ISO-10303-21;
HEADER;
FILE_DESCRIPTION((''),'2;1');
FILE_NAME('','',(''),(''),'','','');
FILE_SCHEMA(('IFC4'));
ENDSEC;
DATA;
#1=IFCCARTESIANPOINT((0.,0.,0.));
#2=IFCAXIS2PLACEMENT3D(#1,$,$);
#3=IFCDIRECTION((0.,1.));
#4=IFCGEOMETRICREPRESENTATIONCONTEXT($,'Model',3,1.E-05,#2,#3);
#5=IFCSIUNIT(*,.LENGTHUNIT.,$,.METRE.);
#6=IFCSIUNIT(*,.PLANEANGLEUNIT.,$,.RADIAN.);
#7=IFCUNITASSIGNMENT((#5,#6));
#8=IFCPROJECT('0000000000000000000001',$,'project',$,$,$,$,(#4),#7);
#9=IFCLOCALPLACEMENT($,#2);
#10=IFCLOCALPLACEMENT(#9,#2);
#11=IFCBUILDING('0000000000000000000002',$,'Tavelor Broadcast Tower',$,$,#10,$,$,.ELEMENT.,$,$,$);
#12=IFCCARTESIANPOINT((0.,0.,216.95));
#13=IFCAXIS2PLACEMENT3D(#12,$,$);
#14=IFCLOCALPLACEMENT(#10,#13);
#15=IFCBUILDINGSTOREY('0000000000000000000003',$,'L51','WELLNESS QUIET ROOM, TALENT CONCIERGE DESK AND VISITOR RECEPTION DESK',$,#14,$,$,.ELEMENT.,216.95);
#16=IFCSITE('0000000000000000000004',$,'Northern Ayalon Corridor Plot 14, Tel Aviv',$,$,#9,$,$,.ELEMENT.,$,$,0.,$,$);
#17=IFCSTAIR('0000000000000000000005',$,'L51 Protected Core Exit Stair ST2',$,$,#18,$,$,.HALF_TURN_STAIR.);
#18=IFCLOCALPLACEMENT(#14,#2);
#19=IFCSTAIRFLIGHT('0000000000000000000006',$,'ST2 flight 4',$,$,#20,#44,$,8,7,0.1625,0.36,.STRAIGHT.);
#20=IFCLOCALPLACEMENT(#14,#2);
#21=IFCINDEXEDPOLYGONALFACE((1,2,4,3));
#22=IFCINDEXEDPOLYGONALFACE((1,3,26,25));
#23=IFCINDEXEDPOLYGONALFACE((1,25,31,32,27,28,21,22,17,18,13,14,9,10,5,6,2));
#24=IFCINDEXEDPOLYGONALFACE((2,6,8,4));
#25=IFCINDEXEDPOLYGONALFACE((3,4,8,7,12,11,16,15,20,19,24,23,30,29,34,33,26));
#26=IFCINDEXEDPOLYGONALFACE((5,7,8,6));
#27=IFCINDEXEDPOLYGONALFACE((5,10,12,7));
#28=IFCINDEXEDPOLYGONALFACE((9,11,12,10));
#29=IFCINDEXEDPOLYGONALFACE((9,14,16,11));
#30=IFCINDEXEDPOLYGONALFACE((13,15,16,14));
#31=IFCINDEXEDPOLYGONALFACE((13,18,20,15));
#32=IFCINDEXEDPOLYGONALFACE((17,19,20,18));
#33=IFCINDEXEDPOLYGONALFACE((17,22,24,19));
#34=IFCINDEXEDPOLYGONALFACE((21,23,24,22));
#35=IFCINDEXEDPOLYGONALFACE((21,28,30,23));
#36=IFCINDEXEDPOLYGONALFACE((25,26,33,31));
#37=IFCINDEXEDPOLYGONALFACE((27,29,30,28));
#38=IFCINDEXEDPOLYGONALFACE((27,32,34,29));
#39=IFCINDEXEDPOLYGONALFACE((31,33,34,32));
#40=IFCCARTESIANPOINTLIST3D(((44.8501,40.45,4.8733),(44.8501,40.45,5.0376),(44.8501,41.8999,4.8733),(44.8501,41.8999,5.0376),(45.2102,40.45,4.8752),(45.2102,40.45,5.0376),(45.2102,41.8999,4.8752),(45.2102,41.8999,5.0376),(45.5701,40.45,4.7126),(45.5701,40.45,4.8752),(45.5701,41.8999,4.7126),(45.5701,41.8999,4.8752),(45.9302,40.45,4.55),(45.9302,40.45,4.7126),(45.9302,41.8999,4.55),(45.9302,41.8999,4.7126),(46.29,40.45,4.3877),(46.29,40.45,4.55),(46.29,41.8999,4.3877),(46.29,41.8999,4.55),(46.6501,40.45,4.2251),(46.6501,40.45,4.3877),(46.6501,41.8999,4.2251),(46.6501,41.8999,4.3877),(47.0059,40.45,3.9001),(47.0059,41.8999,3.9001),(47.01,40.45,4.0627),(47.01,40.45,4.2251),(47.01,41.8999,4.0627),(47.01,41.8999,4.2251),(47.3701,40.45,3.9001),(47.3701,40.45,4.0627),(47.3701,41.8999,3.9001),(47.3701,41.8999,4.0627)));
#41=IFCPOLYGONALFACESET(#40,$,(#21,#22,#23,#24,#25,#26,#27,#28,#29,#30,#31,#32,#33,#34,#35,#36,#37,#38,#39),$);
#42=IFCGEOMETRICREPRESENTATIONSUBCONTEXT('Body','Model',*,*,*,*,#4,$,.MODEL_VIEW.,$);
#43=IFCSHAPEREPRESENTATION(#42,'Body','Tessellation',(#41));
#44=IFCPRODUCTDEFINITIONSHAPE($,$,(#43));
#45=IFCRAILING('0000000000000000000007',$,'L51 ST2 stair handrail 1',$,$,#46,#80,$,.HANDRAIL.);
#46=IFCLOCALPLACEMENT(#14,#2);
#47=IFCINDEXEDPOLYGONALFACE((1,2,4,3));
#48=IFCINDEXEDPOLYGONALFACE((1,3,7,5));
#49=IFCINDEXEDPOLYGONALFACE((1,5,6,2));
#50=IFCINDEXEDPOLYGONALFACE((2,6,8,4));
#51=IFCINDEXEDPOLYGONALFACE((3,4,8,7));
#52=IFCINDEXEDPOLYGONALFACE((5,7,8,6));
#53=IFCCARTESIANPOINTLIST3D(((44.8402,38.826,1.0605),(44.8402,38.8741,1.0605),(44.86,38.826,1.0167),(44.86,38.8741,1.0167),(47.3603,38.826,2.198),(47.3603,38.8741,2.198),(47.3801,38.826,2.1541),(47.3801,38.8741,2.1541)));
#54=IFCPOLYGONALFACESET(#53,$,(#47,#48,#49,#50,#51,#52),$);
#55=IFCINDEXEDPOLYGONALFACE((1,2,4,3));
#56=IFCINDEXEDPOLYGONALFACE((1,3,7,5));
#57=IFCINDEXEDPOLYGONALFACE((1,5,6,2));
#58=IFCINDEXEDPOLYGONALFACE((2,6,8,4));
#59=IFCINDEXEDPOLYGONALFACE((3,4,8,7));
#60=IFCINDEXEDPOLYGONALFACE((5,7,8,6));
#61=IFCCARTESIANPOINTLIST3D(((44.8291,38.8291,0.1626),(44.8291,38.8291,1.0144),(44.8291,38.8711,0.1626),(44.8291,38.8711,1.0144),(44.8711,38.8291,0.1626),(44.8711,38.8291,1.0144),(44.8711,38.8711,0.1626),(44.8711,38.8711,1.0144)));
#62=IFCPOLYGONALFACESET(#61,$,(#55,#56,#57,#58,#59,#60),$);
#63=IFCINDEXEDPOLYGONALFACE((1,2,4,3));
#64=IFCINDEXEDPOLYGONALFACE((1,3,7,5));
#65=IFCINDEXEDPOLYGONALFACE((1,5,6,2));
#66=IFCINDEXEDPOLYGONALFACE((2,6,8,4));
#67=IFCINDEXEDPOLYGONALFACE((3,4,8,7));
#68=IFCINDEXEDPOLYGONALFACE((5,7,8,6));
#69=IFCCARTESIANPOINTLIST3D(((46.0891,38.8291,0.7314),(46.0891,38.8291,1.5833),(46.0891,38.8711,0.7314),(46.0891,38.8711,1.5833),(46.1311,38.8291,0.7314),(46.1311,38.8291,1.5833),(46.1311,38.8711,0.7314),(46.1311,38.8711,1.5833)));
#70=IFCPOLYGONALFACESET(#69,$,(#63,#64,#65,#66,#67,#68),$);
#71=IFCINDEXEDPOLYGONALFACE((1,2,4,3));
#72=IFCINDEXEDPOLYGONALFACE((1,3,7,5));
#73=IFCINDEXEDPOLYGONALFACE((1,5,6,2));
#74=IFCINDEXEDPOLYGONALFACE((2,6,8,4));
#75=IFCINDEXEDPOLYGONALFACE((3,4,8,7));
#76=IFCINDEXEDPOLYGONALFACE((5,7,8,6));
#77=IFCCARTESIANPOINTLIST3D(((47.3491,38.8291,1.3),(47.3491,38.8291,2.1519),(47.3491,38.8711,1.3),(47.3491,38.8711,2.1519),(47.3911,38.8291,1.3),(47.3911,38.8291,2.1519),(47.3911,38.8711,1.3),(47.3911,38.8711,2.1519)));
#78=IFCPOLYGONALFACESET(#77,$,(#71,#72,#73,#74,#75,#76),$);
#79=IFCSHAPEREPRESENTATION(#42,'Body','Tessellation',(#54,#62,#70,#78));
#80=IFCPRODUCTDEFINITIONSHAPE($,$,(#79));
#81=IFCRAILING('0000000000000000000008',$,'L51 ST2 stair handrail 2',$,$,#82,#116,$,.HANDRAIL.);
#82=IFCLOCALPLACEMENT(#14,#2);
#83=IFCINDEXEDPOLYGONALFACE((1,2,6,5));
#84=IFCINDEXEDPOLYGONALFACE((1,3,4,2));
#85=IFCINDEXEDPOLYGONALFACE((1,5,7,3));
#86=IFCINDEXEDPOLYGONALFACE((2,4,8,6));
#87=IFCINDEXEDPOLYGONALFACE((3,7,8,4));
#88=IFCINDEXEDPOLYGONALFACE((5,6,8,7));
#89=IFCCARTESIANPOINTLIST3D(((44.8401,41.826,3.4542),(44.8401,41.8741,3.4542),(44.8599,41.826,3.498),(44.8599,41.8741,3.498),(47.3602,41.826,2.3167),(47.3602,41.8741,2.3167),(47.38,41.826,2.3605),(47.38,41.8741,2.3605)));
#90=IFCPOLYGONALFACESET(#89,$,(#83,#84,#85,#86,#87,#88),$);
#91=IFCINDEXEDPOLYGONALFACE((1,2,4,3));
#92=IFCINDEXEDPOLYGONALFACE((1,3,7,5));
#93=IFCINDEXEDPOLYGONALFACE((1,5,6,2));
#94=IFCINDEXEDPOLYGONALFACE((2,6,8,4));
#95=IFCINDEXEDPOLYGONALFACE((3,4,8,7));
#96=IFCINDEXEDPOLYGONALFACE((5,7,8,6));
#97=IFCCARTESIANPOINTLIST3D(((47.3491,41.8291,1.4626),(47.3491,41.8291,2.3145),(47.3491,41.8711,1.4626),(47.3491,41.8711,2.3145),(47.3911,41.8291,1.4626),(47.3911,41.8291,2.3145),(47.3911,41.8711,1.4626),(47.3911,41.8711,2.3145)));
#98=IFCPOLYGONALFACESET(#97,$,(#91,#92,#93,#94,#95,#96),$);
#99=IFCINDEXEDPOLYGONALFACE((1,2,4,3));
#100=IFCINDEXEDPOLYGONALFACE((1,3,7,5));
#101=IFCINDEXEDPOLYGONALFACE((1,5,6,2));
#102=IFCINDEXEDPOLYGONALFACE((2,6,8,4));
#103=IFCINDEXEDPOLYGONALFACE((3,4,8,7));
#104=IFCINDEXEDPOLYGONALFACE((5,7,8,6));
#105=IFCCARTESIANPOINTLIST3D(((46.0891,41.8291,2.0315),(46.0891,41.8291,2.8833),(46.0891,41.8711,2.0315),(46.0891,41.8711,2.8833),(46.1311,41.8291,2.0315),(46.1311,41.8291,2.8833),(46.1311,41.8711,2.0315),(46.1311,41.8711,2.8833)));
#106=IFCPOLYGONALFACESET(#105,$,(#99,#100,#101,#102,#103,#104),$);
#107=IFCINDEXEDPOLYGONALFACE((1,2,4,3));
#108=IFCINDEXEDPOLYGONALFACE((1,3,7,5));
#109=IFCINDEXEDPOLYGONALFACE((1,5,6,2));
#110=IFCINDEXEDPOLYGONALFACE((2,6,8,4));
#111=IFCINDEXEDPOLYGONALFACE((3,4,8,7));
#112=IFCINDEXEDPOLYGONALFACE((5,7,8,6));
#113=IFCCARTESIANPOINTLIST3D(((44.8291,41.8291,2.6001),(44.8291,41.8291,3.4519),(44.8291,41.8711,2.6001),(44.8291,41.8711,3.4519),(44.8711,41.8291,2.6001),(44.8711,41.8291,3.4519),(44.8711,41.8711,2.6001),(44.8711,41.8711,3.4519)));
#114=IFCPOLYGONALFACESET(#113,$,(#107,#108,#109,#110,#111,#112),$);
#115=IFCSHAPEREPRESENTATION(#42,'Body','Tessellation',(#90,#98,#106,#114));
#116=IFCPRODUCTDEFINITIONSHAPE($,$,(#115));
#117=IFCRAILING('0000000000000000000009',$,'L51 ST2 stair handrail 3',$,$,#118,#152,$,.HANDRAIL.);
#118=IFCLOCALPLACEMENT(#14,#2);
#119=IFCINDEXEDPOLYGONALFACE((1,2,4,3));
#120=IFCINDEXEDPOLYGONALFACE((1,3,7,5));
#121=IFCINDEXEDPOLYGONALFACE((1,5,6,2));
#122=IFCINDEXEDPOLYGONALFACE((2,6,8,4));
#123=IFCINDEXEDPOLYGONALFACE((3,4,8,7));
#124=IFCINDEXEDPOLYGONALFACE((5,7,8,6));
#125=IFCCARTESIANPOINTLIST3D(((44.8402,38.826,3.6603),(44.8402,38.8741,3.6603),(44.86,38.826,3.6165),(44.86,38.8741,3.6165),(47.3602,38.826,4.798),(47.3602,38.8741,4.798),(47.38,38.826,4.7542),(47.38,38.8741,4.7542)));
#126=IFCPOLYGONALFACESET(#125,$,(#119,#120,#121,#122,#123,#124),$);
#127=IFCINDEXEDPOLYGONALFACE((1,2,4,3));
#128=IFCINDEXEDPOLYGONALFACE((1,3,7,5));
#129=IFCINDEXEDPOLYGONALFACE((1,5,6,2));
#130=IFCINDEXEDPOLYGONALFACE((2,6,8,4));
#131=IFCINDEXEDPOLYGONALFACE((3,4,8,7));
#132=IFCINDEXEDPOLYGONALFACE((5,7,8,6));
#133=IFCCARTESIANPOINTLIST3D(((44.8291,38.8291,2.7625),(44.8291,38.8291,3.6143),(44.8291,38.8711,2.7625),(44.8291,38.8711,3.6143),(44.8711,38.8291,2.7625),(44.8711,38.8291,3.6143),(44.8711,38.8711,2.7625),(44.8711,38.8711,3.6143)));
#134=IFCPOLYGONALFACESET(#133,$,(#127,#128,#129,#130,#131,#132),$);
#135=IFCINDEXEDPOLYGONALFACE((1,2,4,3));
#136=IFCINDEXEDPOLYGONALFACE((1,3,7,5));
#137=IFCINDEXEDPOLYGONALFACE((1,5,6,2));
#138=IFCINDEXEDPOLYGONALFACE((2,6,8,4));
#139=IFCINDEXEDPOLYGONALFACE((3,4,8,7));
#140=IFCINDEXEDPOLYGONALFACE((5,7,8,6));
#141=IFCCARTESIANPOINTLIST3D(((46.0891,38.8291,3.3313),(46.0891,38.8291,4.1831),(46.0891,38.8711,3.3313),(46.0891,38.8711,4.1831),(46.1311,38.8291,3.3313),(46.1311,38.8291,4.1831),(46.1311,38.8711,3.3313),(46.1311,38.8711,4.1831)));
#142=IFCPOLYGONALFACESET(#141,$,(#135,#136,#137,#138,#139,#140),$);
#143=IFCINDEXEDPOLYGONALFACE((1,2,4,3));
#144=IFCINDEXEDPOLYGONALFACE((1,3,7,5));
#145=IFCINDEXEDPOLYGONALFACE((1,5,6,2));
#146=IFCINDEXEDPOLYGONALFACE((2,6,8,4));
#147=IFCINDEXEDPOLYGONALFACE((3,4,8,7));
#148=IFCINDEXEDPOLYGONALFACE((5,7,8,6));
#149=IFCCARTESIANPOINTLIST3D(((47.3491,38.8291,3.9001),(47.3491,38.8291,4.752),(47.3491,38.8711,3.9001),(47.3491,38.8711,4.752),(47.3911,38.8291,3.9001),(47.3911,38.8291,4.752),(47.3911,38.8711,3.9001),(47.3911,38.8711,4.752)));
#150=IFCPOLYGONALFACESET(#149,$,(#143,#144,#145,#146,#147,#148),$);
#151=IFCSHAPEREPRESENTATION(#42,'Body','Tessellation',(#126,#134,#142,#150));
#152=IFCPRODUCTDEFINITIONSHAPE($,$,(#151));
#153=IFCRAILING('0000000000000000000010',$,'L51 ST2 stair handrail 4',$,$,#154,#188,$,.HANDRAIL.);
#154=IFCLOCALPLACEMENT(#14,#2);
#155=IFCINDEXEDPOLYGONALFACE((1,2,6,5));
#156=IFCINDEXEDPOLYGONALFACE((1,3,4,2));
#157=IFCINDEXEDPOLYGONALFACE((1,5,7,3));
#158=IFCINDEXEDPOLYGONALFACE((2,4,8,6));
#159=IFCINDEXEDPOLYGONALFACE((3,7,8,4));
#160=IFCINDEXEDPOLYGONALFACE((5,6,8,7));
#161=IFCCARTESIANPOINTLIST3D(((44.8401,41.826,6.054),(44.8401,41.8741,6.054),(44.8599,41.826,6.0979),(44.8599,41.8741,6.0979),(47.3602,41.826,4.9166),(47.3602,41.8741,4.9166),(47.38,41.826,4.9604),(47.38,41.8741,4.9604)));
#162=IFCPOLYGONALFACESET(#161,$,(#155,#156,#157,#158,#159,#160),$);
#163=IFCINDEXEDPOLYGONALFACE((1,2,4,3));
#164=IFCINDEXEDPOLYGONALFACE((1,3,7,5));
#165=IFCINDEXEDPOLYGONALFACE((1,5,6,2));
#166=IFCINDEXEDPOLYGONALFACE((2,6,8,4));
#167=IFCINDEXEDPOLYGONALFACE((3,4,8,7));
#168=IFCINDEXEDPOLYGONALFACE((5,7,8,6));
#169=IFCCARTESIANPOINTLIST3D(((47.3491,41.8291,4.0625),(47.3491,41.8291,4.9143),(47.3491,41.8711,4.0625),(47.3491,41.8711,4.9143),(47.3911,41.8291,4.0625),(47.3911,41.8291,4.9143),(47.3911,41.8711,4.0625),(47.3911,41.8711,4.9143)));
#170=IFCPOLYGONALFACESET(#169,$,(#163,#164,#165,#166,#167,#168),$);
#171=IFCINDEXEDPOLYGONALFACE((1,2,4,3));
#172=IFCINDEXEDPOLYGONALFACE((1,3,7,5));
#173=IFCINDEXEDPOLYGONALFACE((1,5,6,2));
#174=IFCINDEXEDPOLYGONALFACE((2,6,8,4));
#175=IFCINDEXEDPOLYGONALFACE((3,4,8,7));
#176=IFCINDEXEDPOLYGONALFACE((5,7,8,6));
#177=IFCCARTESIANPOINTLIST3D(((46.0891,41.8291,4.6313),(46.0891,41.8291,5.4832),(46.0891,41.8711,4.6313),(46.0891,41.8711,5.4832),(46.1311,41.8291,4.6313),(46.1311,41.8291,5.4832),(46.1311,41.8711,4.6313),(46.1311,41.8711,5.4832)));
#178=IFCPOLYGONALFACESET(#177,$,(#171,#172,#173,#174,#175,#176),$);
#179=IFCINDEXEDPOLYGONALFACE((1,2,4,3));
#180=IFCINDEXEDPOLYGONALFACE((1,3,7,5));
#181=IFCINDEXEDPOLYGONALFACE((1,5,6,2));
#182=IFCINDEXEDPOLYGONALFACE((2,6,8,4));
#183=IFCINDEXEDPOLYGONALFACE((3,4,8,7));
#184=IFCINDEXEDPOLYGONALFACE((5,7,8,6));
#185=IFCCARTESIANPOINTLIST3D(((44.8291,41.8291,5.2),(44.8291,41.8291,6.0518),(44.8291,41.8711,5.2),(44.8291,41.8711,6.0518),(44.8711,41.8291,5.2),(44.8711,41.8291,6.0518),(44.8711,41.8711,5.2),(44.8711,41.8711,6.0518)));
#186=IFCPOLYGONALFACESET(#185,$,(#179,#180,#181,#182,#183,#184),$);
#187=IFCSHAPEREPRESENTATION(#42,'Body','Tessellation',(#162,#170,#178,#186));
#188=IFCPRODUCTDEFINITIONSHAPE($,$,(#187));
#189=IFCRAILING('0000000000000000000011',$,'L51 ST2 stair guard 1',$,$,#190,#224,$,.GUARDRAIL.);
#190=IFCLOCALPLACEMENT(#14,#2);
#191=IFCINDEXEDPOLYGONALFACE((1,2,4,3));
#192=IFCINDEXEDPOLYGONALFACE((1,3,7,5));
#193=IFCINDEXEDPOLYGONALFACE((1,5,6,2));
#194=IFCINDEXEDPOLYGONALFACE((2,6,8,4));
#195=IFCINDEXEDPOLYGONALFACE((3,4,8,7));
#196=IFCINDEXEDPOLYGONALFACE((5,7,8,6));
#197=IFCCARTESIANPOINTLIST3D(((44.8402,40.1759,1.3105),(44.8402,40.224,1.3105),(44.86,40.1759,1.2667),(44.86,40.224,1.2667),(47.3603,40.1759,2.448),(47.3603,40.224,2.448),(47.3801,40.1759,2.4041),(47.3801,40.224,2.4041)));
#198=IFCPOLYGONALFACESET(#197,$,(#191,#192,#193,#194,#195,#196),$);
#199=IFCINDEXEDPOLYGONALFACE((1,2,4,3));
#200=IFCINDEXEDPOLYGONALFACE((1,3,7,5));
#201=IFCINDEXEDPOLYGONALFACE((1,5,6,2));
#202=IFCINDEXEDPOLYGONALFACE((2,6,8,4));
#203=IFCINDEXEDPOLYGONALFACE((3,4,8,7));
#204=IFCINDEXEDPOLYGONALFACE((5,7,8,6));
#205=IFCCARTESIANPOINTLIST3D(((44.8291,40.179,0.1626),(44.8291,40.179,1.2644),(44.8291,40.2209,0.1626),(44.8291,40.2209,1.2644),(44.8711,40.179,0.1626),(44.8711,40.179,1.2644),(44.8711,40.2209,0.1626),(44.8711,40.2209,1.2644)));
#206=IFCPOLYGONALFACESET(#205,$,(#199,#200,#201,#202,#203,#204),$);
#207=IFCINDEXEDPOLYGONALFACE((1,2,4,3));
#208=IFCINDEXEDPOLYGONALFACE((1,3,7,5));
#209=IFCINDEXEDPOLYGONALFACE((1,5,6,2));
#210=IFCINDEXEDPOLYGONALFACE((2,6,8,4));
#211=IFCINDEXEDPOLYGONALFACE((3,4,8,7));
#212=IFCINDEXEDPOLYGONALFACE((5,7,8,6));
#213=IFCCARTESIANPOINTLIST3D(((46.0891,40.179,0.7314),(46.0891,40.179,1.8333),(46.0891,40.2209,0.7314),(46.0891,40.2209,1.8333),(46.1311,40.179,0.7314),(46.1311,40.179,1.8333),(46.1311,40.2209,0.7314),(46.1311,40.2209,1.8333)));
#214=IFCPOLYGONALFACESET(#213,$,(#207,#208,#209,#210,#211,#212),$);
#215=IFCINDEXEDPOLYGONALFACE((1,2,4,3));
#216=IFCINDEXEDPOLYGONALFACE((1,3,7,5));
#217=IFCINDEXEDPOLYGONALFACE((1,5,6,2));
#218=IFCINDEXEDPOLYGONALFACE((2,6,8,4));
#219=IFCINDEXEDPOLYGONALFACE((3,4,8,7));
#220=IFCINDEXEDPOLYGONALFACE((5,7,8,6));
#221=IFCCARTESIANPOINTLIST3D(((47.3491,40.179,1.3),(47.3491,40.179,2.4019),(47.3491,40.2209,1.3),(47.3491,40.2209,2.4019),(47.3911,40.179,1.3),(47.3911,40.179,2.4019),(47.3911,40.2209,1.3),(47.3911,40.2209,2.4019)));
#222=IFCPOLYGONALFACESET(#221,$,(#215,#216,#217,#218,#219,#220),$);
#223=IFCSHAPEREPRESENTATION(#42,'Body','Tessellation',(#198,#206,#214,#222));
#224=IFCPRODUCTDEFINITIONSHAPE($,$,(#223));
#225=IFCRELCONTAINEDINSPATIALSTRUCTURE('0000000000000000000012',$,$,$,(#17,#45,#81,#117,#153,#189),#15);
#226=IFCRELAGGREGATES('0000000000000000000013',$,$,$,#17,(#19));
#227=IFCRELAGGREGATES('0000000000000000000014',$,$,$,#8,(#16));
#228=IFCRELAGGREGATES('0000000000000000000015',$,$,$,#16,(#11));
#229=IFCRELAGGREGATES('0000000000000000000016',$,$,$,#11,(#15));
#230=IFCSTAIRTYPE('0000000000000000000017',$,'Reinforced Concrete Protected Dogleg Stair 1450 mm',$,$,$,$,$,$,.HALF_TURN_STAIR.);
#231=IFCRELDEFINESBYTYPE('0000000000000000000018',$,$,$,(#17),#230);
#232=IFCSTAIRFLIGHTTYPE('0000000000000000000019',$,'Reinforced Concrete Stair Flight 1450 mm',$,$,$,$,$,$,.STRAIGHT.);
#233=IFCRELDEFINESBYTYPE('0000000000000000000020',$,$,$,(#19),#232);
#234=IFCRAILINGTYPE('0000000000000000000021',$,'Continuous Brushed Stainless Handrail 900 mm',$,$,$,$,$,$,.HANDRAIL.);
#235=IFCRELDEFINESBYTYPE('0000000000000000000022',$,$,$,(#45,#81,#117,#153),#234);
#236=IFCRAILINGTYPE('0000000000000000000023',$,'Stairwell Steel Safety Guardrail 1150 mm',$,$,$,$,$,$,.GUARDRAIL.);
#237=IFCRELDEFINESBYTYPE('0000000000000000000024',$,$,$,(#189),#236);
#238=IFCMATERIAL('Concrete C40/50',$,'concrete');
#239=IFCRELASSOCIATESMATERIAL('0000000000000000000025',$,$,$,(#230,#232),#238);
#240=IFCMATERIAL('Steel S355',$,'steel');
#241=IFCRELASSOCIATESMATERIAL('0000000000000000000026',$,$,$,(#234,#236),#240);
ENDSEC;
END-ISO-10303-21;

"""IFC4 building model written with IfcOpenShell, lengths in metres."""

from ifc_helpers import new_model, si_unit, direction, frame, origin, origin_2d, place, context, subcontext, project, spatial, polyline, rectangle, outline, extrude, material, type_object, element, aggregate, save


model = new_model("IFC4")

# Units and contexts
model_context = context("Model", 3, precision=1e-05, world=origin(), true_north=direction((0.0, 1.0)))
body_context = subcontext(model_context, "Body", "Model", "MODEL_VIEW")
ifc_project = project(units=[si_unit("LENGTHUNIT", "METRE"), si_unit("PLANEANGLEUNIT", "RADIAN")], contexts=[model_context])

# Site, building, storey
site_placement = place(None, origin())
site = spatial("IfcSite", under=ifc_project, at=site_placement, Name="Northern Ayalon Corridor Plot 14, Tel Aviv", CompositionType="ELEMENT", RefElevation=0.0)
building_placement = place(site_placement, origin())
building = spatial("IfcBuilding", under=site, at=building_placement, Name="Tavelor Broadcast Tower", CompositionType="ELEMENT")
storey_placement = place(building_placement, frame((0.0, 0.0, 216.95)))
storey = spatial("IfcBuildingStorey", under=building, at=storey_placement, Name="L51", Description="WELLNESS QUIET ROOM, TALENT CONCIERGE DESK AND VISITOR RECEPTION DESK", CompositionType="ELEMENT", Elevation=216.95)

# Shared definitions
ifc_material_1 = material(Name="Concrete C40/50", Category="concrete")
ifc_material_2 = material(Name="Steel S355", Category="steel")

# Stair, stair flight
stair_type = type_object("IfcStairType", Name="Reinforced Concrete Protected Dogleg Stair 1450 mm", PredefinedType="HALF_TURN_STAIR", material=ifc_material_1)
stair_placement = place(storey_placement, origin())
stair = element("IfcStair", 1, at=stair_placement, inside=storey, type_object=stair_type, Name="L51 Protected Core Exit Stair ST2", PredefinedType="HALF_TURN_STAIR")
stair_flight_type = type_object("IfcStairFlightType", Name="Reinforced Concrete Stair Flight 1450 mm", PredefinedType="STRAIGHT", material=ifc_material_1)
stair_flight_1_placement = place(storey_placement, frame((47.3701, 41.175, 3.9001), z_axis=(0.0, 0.0, 1.0), x_axis=(-1.0, 0.0, 0.0)))
stair_flight_1 = element("IfcStairFlight", 2, at=stair_flight_1_placement, type_object=stair_flight_type, Name="ST2 flight 4", NumberOfRisers=8, NumberOfTreads=7, PredefinedType="STRAIGHT", RiserHeight=0.1625, TreadLength=0.36, context=body_context, shape_type="SweptSolid", body=[
    extrude(outline(polyline([(0.0, 0.0), (0.0, 0.1626), (0.3601, 0.1626), (0.3601, 0.325), (0.72, 0.325), (0.72, 0.4875), (1.0801, 0.4875), (1.0801, 0.6499), (1.4399, 0.6499), (1.4399, 0.8125), (1.8, 0.8125), (1.8, 0.9751), (2.1599, 0.9751), (2.1599, 1.1375), (2.52, 1.1375), (2.52, 1.3), (2.52, 0.9731), (0.3643, 0.0), (0.0, 0.0)])), frame((0.0, 0.7251, 0.0), z_axis=(0.0, -1.0, 0.0), x_axis=(1.0, 0.0, 0.0)), (0.0, 0.0, 1.0), 1.45),
])
aggregate(stair, [stair_flight_1])

# Railings
railing_type_1 = type_object("IfcRailingType", Name="Continuous Brushed Stainless Handrail 900 mm", PredefinedType="HANDRAIL", material=ifc_material_2)
railing_1_placement = place(storey_placement, frame((44.8501, 38.8501, 0.1626)))
element("IfcRailing", 3, at=railing_1_placement, inside=storey, type_object=railing_type_1, Name="L51 ST2 stair handrail 1", PredefinedType="HANDRAIL", context=body_context, shape_type="SweptSolid", body=[
    extrude(rectangle(XDim=0.0481, YDim=0.0481, at=origin_2d()), frame((0.0, 0.0, 0.876), z_axis=(0.911455, 0.0, 0.4114), x_axis=(0.0, 1.0, 0.0)), (0.0, 0.0, 1.0), 2.7649),
    extrude(rectangle(XDim=0.042, YDim=0.042, at=origin_2d()), origin(), (0.0, 0.0, 1.0), 0.8518),
    extrude(rectangle(XDim=0.042, YDim=0.042, at=origin_2d()), frame((1.26, 0.0, 0.5688)), (0.0, 0.0, 1.0), 0.8518),
    extrude(rectangle(XDim=0.042, YDim=0.042, at=origin_2d()), frame((2.52, 0.0, 1.1375)), (0.0, 0.0, 1.0), 0.8518),
])
railing_2_placement = place(storey_placement, frame((47.3701, 41.8501, 1.4626)))
element("IfcRailing", 4, at=railing_2_placement, inside=storey, type_object=railing_type_1, Name="L51 ST2 stair handrail 2", PredefinedType="HANDRAIL", context=body_context, shape_type="SweptSolid", body=[
    extrude(rectangle(XDim=0.0481, YDim=0.0481, at=origin_2d()), frame((0.0, 0.0, 0.876), z_axis=(-0.911455, 0.0, 0.4114), x_axis=(0.0, -1.0, 0.0)), (0.0, 0.0, 1.0), 2.7649),
    extrude(rectangle(XDim=0.042, YDim=0.042, at=origin_2d()), origin(), (0.0, 0.0, 1.0), 0.8518),
    extrude(rectangle(XDim=0.042, YDim=0.042, at=origin_2d()), frame((-1.26, 0.0, 0.5688)), (0.0, 0.0, 1.0), 0.8518),
    extrude(rectangle(XDim=0.042, YDim=0.042, at=origin_2d()), frame((-2.52, 0.0, 1.1375)), (0.0, 0.0, 1.0), 0.8518),
])
railing_3_placement = place(storey_placement, frame((44.8501, 38.8501, 2.7625)))
element("IfcRailing", 5, at=railing_3_placement, inside=storey, type_object=railing_type_1, Name="L51 ST2 stair handrail 3", PredefinedType="HANDRAIL", context=body_context, shape_type="SweptSolid", body=[
    extrude(rectangle(XDim=0.0481, YDim=0.0481, at=origin_2d()), frame((0.0, 0.0, 0.876), z_axis=(0.911422, 0.0, 0.411473), x_axis=(0.0, 1.0, 0.0)), (0.0, 0.0, 1.0), 2.7649),
    extrude(rectangle(XDim=0.042, YDim=0.042, at=origin_2d()), origin(), (0.0, 0.0, 1.0), 0.8518),
    extrude(rectangle(XDim=0.042, YDim=0.042, at=origin_2d()), frame((1.26, 0.0, 0.5688)), (0.0, 0.0, 1.0), 0.8518),
    extrude(rectangle(XDim=0.042, YDim=0.042, at=origin_2d()), frame((2.52, 0.0, 1.1377)), (0.0, 0.0, 1.0), 0.8518),
])
railing_4_placement = place(storey_placement, frame((47.3701, 41.8501, 4.0625)))
element("IfcRailing", 6, at=railing_4_placement, inside=storey, type_object=railing_type_1, Name="L51 ST2 stair handrail 4", PredefinedType="HANDRAIL", context=body_context, shape_type="SweptSolid", body=[
    extrude(rectangle(XDim=0.0481, YDim=0.0481, at=origin_2d()), frame((0.0, 0.0, 0.876), z_axis=(-0.911455, 0.0, 0.4114), x_axis=(0.0, -1.0, 0.0)), (0.0, 0.0, 1.0), 2.7649),
    extrude(rectangle(XDim=0.042, YDim=0.042, at=origin_2d()), origin(), (0.0, 0.0, 1.0), 0.8518),
    extrude(rectangle(XDim=0.042, YDim=0.042, at=origin_2d()), frame((-1.26, 0.0, 0.5688)), (0.0, 0.0, 1.0), 0.8518),
    extrude(rectangle(XDim=0.042, YDim=0.042, at=origin_2d()), frame((-2.52, 0.0, 1.1375)), (0.0, 0.0, 1.0), 0.8518),
])
railing_type_2 = type_object("IfcRailingType", Name="Stairwell Steel Safety Guardrail 1150 mm", PredefinedType="GUARDRAIL", material=ifc_material_2)
railing_5_placement = place(storey_placement, frame((44.8501, 40.2, 0.1626)))
element("IfcRailing", 7, at=railing_5_placement, inside=storey, type_object=railing_type_2, Name="L51 ST2 stair guard 1", PredefinedType="GUARDRAIL", context=body_context, shape_type="SweptSolid", body=[
    extrude(rectangle(XDim=0.0481, YDim=0.0481, at=origin_2d()), frame((0.0, 0.0, 1.126), z_axis=(0.911455, 0.0, 0.4114), x_axis=(0.0, 1.0, 0.0)), (0.0, 0.0, 1.0), 2.7649),
    extrude(rectangle(XDim=0.042, YDim=0.042, at=origin_2d()), origin(), (0.0, 0.0, 1.0), 1.1018),
    extrude(rectangle(XDim=0.042, YDim=0.042, at=origin_2d()), frame((1.26, 0.0, 0.5688)), (0.0, 0.0, 1.0), 1.1018),
    extrude(rectangle(XDim=0.042, YDim=0.042, at=origin_2d()), frame((2.52, 0.0, 1.1375)), (0.0, 0.0, 1.0), 1.1018),
])

save(model, "model.ifc")
